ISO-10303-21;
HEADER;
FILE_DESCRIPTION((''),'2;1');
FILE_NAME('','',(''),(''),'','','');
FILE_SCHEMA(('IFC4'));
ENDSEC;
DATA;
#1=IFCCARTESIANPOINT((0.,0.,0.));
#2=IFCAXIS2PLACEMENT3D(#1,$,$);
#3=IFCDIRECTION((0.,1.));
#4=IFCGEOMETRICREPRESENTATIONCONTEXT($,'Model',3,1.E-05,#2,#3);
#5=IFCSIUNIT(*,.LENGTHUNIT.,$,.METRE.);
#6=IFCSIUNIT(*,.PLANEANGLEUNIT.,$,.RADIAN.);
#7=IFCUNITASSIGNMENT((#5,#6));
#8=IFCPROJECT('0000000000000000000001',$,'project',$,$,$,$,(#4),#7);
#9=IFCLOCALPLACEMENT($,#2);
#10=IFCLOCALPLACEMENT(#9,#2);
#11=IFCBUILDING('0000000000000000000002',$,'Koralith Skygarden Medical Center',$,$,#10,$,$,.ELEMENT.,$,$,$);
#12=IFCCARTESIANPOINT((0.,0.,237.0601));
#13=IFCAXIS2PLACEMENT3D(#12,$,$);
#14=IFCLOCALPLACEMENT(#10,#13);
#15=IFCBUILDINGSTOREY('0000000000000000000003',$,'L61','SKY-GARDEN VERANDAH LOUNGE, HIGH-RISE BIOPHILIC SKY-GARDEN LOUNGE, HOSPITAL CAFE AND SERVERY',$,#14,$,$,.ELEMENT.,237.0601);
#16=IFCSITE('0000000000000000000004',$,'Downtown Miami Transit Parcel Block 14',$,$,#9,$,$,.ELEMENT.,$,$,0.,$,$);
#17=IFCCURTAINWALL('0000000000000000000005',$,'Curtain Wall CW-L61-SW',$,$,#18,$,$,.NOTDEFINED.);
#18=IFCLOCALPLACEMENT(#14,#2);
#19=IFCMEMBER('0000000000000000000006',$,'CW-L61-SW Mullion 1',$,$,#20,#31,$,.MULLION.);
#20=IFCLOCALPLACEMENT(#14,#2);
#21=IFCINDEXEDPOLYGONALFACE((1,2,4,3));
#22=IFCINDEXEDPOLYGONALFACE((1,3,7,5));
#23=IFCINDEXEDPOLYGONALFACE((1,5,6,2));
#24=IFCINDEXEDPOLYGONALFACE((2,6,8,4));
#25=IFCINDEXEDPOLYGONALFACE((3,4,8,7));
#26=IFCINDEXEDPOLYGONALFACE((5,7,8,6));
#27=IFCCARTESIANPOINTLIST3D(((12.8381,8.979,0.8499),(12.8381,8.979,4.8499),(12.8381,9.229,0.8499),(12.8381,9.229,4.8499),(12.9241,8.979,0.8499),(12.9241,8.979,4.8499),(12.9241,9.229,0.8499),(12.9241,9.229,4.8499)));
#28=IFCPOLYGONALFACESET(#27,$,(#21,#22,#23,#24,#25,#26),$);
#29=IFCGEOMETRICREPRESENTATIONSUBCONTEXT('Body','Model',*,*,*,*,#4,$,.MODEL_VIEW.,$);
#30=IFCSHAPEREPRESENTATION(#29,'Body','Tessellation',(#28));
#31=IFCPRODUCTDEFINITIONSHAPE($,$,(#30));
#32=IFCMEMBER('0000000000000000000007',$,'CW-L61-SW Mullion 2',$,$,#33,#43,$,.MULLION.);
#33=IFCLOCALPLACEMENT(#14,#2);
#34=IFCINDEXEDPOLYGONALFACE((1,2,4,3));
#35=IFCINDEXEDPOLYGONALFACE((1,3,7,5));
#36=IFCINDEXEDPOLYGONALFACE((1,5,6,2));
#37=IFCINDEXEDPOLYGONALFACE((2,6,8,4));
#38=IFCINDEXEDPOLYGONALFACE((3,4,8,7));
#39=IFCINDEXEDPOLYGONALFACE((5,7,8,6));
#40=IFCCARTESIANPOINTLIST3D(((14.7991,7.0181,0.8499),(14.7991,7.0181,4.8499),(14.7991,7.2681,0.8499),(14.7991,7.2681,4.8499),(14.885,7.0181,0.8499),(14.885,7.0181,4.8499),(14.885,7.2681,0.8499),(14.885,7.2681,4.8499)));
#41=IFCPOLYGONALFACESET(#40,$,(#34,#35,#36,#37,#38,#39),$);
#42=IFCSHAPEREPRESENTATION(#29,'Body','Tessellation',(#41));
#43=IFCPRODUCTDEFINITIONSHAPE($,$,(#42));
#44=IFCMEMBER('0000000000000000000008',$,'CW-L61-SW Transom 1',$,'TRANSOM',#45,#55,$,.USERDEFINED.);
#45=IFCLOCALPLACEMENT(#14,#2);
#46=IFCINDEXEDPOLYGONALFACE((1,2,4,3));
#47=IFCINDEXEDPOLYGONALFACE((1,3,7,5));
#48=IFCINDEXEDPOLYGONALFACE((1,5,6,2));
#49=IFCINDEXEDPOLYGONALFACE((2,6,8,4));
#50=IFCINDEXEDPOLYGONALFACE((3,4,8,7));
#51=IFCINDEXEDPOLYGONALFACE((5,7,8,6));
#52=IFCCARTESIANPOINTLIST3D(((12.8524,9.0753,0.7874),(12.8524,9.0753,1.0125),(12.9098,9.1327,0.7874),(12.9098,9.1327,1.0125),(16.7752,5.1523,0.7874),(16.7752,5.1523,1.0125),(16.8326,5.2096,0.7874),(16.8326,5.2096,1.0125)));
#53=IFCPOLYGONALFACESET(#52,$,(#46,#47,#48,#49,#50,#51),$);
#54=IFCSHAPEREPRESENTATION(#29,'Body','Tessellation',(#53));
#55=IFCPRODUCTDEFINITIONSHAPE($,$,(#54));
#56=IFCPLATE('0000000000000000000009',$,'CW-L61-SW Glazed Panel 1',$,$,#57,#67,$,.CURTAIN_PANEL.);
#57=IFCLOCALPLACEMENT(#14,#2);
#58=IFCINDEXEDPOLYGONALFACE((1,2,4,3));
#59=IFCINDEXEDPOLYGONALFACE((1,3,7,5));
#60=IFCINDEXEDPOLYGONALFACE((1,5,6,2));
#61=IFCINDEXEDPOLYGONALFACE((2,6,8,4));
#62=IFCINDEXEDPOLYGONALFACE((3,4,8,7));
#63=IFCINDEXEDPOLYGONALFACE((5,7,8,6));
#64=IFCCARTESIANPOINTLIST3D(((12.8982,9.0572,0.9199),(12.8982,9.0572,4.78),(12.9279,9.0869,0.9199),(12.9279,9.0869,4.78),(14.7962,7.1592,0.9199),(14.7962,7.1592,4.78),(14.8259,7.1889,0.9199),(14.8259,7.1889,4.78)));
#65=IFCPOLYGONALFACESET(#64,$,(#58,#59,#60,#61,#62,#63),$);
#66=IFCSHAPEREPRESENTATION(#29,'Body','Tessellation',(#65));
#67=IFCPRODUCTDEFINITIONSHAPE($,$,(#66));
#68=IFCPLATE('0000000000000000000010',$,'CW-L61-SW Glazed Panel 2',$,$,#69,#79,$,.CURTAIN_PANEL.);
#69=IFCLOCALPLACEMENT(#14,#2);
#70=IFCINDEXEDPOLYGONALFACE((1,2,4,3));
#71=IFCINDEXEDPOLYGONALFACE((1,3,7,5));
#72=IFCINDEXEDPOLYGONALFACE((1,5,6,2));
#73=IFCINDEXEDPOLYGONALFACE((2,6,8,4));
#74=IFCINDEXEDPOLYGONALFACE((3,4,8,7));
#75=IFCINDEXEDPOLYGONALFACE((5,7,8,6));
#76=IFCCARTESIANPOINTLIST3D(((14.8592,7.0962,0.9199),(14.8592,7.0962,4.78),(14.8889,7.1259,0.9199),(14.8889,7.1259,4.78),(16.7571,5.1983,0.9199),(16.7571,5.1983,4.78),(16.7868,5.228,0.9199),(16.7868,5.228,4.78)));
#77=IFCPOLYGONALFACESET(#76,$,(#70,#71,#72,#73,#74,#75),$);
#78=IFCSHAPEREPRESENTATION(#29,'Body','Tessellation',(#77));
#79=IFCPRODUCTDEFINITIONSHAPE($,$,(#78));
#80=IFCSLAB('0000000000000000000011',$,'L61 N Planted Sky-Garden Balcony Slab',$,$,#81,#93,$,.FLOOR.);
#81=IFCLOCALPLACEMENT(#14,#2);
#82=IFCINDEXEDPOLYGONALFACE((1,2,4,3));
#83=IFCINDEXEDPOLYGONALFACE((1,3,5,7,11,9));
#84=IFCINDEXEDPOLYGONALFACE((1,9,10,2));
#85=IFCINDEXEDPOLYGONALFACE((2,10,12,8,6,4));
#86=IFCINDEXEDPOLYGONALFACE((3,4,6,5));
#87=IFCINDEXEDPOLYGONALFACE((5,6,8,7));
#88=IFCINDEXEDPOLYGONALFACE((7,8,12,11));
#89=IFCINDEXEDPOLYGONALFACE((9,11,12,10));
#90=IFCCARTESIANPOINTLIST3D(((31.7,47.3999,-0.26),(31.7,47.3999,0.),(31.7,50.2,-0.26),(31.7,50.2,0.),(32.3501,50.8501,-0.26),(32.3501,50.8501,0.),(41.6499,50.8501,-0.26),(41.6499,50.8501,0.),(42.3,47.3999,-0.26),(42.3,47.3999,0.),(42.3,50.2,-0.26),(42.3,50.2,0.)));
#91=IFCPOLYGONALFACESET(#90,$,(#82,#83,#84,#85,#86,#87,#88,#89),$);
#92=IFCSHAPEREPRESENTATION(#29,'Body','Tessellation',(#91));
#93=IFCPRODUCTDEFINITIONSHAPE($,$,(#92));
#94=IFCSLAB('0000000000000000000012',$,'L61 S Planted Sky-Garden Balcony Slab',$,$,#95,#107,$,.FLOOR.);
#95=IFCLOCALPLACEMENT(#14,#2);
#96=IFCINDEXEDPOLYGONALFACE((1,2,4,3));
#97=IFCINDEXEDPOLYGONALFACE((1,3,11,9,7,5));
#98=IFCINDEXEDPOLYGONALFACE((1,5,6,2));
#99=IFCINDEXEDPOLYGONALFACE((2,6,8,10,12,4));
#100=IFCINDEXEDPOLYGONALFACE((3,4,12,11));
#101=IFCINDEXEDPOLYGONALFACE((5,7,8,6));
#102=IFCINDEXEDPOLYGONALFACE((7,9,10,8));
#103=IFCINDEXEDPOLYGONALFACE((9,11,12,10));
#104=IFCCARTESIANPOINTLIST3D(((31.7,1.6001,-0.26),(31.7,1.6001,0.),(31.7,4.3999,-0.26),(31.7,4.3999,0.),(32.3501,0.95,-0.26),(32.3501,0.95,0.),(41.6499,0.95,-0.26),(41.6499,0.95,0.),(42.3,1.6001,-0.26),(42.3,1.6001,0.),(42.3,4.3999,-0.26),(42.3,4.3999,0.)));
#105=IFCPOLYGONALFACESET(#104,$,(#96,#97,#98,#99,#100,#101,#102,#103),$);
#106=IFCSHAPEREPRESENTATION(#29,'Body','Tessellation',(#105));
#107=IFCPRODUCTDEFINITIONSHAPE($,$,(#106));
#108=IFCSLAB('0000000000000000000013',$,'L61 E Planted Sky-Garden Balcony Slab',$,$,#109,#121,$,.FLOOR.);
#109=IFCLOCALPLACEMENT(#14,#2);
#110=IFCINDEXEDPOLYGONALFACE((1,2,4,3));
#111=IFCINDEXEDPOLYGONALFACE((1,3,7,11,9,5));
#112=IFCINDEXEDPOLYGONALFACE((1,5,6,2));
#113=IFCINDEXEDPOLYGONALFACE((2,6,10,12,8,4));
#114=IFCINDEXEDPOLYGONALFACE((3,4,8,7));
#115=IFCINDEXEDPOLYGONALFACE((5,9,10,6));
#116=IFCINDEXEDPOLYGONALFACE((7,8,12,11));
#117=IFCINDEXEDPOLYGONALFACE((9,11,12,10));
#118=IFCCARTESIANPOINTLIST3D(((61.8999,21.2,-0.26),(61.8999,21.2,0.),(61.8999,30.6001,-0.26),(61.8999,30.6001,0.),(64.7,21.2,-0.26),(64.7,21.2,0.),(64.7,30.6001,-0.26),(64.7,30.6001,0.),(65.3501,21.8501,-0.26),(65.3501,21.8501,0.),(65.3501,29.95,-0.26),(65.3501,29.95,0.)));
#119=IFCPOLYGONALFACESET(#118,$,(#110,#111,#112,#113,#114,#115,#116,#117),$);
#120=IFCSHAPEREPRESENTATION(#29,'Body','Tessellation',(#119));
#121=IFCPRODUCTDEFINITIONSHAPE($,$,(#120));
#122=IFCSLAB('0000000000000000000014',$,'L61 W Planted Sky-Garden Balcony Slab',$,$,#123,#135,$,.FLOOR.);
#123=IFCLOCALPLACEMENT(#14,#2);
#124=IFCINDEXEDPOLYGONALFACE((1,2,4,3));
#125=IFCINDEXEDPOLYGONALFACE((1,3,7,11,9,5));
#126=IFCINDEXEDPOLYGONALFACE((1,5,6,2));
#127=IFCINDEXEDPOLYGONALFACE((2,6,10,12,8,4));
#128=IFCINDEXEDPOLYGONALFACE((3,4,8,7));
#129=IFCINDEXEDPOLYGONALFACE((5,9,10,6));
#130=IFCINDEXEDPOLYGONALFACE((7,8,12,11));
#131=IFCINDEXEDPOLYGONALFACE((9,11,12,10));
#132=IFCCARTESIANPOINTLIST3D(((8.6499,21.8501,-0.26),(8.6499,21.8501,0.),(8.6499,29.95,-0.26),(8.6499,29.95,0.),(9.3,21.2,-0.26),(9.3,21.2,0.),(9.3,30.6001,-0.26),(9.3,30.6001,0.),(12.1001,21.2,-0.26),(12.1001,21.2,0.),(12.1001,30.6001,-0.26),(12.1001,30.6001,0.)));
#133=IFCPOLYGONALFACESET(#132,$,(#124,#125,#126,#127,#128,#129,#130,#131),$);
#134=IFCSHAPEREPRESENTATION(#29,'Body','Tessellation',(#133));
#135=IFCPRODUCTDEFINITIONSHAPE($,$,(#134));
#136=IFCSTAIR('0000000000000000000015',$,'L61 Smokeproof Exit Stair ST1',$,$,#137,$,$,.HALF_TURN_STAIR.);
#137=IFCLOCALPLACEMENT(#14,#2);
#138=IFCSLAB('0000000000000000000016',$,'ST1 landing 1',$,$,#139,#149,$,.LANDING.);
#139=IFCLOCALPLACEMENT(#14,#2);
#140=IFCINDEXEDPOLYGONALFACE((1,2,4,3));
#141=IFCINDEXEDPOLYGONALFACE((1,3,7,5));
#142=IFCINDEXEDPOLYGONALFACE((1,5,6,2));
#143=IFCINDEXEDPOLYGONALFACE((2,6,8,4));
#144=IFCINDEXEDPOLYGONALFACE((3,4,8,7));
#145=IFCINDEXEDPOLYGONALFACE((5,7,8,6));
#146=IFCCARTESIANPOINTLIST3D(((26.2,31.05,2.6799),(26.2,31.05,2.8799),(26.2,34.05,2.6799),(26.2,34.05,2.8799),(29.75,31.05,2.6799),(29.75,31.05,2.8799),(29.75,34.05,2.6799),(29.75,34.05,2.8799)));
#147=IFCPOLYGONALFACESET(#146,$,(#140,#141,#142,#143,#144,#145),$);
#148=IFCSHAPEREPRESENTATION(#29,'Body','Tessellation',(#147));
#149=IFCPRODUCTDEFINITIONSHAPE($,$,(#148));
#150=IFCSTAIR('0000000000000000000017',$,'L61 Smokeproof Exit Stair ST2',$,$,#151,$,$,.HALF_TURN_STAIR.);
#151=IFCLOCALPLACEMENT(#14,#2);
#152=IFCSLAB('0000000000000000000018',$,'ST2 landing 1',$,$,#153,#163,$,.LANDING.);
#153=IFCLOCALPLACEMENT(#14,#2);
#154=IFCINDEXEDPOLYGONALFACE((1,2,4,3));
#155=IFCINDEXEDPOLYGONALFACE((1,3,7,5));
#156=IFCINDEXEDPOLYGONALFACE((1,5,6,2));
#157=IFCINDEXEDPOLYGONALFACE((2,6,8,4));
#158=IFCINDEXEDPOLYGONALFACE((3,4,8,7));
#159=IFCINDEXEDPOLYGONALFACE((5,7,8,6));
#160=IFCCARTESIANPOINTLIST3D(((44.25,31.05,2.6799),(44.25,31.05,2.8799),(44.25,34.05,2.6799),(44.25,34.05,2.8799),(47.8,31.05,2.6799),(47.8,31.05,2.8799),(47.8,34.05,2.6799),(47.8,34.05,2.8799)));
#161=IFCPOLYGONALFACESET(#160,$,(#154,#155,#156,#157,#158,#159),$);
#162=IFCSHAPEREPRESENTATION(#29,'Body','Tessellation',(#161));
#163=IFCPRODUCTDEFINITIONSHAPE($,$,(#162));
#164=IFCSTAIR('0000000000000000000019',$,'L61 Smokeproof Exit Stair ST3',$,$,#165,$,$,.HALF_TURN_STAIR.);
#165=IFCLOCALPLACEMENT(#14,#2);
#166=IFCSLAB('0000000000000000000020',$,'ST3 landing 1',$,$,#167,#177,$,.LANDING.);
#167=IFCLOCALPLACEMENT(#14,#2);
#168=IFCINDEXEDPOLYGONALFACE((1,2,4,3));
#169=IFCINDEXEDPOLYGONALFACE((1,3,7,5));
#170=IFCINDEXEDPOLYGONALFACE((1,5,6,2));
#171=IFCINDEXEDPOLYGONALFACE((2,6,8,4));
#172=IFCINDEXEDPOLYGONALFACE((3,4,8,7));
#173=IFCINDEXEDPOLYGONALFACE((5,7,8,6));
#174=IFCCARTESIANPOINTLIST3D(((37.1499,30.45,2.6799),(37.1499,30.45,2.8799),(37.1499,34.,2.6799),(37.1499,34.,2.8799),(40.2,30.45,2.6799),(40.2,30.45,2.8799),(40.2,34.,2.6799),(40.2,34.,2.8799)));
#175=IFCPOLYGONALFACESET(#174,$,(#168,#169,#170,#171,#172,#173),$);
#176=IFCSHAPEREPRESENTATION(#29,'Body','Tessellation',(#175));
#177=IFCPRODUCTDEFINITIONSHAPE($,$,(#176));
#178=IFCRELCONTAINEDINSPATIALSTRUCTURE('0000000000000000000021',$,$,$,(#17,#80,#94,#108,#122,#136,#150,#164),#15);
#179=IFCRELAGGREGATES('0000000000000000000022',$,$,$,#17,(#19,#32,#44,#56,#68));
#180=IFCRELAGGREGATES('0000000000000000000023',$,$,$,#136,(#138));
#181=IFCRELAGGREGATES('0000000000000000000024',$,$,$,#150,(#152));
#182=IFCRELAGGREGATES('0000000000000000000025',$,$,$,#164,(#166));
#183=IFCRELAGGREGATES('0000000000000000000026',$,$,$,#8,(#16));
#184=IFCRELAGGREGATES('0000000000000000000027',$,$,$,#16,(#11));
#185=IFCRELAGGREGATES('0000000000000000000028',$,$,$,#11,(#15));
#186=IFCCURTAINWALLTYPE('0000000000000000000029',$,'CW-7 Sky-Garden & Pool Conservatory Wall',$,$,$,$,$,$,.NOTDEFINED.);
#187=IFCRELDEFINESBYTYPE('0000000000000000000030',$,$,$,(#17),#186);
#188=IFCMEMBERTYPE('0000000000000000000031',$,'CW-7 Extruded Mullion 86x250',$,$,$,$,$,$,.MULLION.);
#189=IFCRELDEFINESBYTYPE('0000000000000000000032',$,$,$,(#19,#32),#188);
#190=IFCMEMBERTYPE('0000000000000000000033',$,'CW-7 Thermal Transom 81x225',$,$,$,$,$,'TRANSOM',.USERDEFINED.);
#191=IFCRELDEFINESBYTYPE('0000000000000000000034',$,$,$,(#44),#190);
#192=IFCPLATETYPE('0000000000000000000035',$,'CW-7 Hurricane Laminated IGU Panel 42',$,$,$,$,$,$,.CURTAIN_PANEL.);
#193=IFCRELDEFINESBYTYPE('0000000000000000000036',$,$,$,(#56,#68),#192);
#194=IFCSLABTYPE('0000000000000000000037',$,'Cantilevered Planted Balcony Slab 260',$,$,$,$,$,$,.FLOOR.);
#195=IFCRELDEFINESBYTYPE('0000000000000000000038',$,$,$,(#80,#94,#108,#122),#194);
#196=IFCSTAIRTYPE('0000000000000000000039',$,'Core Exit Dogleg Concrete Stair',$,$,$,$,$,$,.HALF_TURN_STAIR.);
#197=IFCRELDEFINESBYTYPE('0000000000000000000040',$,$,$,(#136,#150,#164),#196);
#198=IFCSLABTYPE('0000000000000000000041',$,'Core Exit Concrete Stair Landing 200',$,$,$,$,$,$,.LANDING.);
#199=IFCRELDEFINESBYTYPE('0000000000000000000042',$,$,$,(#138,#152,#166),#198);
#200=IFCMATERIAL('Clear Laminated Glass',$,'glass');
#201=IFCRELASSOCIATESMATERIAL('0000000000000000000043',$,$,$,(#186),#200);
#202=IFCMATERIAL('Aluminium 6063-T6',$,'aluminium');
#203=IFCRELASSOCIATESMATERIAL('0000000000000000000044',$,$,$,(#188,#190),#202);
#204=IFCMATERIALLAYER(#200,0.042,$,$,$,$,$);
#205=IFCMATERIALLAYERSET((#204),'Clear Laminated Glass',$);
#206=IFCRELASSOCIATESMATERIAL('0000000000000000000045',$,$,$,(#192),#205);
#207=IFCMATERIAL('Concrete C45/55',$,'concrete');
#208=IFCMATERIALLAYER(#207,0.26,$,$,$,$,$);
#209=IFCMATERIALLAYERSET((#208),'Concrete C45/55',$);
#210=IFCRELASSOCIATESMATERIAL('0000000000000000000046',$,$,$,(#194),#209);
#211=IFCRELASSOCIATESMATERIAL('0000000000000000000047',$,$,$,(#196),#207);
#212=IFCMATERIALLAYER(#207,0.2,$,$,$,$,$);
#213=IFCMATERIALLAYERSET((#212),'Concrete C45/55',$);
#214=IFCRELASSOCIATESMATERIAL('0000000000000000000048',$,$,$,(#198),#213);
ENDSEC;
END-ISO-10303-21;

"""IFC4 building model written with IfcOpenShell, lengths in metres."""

from ifc_helpers import new_model, si_unit, direction, frame, origin, origin_2d, place, context, subcontext, project, spatial, polyline, rectangle, outline, extrude, material, layer, layer_set, material_profile, profile_set, type_object, element, aggregate, save


model = new_model("IFC4")

# Units and contexts
model_context = context("Model", 3, precision=1e-05, world=origin(), true_north=direction((0.0, 1.0)))
body_context = subcontext(model_context, "Body", "Model", "MODEL_VIEW")
ifc_project = project(units=[si_unit("LENGTHUNIT", "METRE"), si_unit("PLANEANGLEUNIT", "RADIAN")], contexts=[model_context])

# Site, building, storey
site_placement = place(None, origin())
site = spatial("IfcSite", under=ifc_project, at=site_placement, Name="Downtown Miami Transit Parcel Block 14", CompositionType="ELEMENT", RefElevation=0.0)
building_placement = place(site_placement, origin())
building = spatial("IfcBuilding", under=site, at=building_placement, Name="Koralith Skygarden Medical Center", CompositionType="ELEMENT")
storey_placement = place(building_placement, frame((0.0, 0.0, 237.0601)))
storey = spatial("IfcBuildingStorey", under=building, at=storey_placement, Name="L61", Description="SKY-GARDEN VERANDAH LOUNGE, HIGH-RISE BIOPHILIC SKY-GARDEN LOUNGE, HOSPITAL CAFE AND SERVERY", CompositionType="ELEMENT", Elevation=237.0601)

# Curtain wall, members, plates
ifc_material_1 = material(Name="Clear Laminated Glass", Category="glass")
curtain_wall_type = type_object("IfcCurtainWallType", Name="CW-7 Sky-Garden & Pool Conservatory Wall", PredefinedType="NOTDEFINED", material=ifc_material_1)
curtain_wall_placement = place(storey_placement, origin())
curtain_wall = element("IfcCurtainWall", 1, at=curtain_wall_placement, inside=storey, type_object=curtain_wall_type, Name="Curtain Wall CW-L61-SW", PredefinedType="NOTDEFINED")
ifc_material_2 = material(Name="Aluminium 6063-T6", Category="aluminium")
ifc_material_profile_1 = material_profile(ifc_material_2, rectangle(XDim=0.0859, YDim=0.25, at=origin_2d()), Name="MUL86X250")
ifc_profile_set_1 = profile_set([ifc_material_profile_1], Name="Aluminium 6063-T6")
member_type_1 = type_object("IfcMemberType", Name="CW-7 Extruded Mullion 86x250", PredefinedType="MULLION", material=ifc_profile_set_1)
member_1_placement = place(storey_placement, frame((12.8811, 9.104, 0.8499), z_axis=(0.0, 0.0, 1.0), x_axis=(1.0, 0.0, 0.0)))
member_1 = element("IfcMember", 2, at=member_1_placement, type_object=member_type_1, Name="CW-L61-SW Mullion 1", PredefinedType="MULLION", context=body_context, shape_type="SweptSolid", body=[
    extrude(rectangle(XDim=0.0859, YDim=0.25, at=origin_2d()), origin(), (0.0, 0.0, 1.0), 4.0),
])
member_2_placement = place(storey_placement, frame((14.842, 7.1431, 0.8499), z_axis=(0.0, 0.0, 1.0), x_axis=(1.0, 0.0, 0.0)))
member_2 = element("IfcMember", 3, at=member_2_placement, type_object=member_type_1, Name="CW-L61-SW Mullion 2", PredefinedType="MULLION", context=body_context, shape_type="SweptSolid", body=[
    extrude(rectangle(XDim=0.0859, YDim=0.25, at=origin_2d()), origin(), (0.0, 0.0, 1.0), 4.0),
])
ifc_material_profile_2 = material_profile(ifc_material_2, rectangle(XDim=0.0811, YDim=0.2251, at=origin_2d()), Name="TRN81X225")
ifc_profile_set_2 = profile_set([ifc_material_profile_2], Name="Aluminium 6063-T6")
member_type_2 = type_object("IfcMemberType", Name="CW-7 Thermal Transom 81x225", ElementType="TRANSOM", PredefinedType="USERDEFINED", material=ifc_profile_set_2)
member_3_placement = place(storey_placement, frame((12.8811, 9.104, 0.8999), z_axis=(0.707085, -0.707129, 0.0), x_axis=(0.707129, 0.707085, 0.0)))
member_3 = element("IfcMember", 4, at=member_3_placement, type_object=member_type_2, Name="CW-L61-SW Transom 1", ObjectType="TRANSOM", PredefinedType="USERDEFINED", context=body_context, shape_type="SweptSolid", body=[
    extrude(rectangle(XDim=0.0811, YDim=0.2251, at=origin_2d()), origin(), (0.0, 0.0, 1.0), 5.5479),
])
ifc_layer_1 = layer(ifc_material_1, 0.042)
ifc_layer_set_1 = layer_set([ifc_layer_1], Name="Clear Laminated Glass")
plate_type = type_object("IfcPlateType", Name="CW-7 Hurricane Laminated IGU Panel 42", PredefinedType="CURTAIN_PANEL", material=ifc_layer_set_1)
plate_1_placement = place(storey_placement, frame((13.8621, 8.123, 0.9199), z_axis=(0.0, 0.0, 1.0), x_axis=(0.707107, -0.707107, 0.0)))
plate_1 = element("IfcPlate", 5, at=plate_1_placement, type_object=plate_type, Name="CW-L61-SW Glazed Panel 1", PredefinedType="CURTAIN_PANEL", context=body_context, shape_type="SweptSolid", body=[
    extrude(rectangle(XDim=2.6841, YDim=0.042, at=origin_2d()), origin(), (0.0, 0.0, 1.0), 3.8601),
])
plate_2_placement = place(storey_placement, frame((15.823, 6.1621, 0.9199), z_axis=(0.0, 0.0, 1.0), x_axis=(0.707107, -0.707107, 0.0)))
plate_2 = element("IfcPlate", 6, at=plate_2_placement, type_object=plate_type, Name="CW-L61-SW Glazed Panel 2", PredefinedType="CURTAIN_PANEL", context=body_context, shape_type="SweptSolid", body=[
    extrude(rectangle(XDim=2.6841, YDim=0.042, at=origin_2d()), origin(), (0.0, 0.0, 1.0), 3.8601),
])
aggregate(curtain_wall, [member_1, member_2, member_3, plate_1, plate_2])

# Slabs
ifc_material_3 = material(Name="Concrete C45/55", Category="concrete")
ifc_layer_2 = layer(ifc_material_3, 0.26)
ifc_layer_set_2 = layer_set([ifc_layer_2], Name="Concrete C45/55")
slab_type_1 = type_object("IfcSlabType", Name="Cantilevered Planted Balcony Slab 260", PredefinedType="FLOOR", material=ifc_layer_set_2)
slab_1_placement = place(storey_placement, frame((0.0, 0.0, -0.26)))
element("IfcSlab", 7, at=slab_1_placement, inside=storey, type_object=slab_type_1, Name="L61 N Planted Sky-Garden Balcony Slab", PredefinedType="FLOOR", context=body_context, shape_type="SweptSolid", body=[
    extrude(outline(polyline([(31.7, 47.3999), (42.3, 47.3999), (42.3, 50.2), (41.6499, 50.8501), (32.3501, 50.8501), (31.7, 50.2), (31.7, 47.3999)])), origin(), (0.0, 0.0, 1.0), 0.26),
])
slab_2_placement = place(storey_placement, frame((0.0, 0.0, -0.26)))
element("IfcSlab", 8, at=slab_2_placement, inside=storey, type_object=slab_type_1, Name="L61 S Planted Sky-Garden Balcony Slab", PredefinedType="FLOOR", context=body_context, shape_type="SweptSolid", body=[
    extrude(outline(polyline([(32.3501, 0.95), (41.6499, 0.95), (42.3, 1.6001), (42.3, 4.3999), (31.7, 4.3999), (31.7, 1.6001), (32.3501, 0.95)])), origin(), (0.0, 0.0, 1.0), 0.26),
])
slab_3_placement = place(storey_placement, frame((0.0, 0.0, -0.26)))
element("IfcSlab", 9, at=slab_3_placement, inside=storey, type_object=slab_type_1, Name="L61 E Planted Sky-Garden Balcony Slab", PredefinedType="FLOOR", context=body_context, shape_type="SweptSolid", body=[
    extrude(outline(polyline([(61.8999, 21.2), (64.7, 21.2), (65.3501, 21.8501), (65.3501, 29.95), (64.7, 30.6001), (61.8999, 30.6001), (61.8999, 21.2)])), origin(), (0.0, 0.0, 1.0), 0.26),
])
slab_4_placement = place(storey_placement, frame((0.0, 0.0, -0.26)))
element("IfcSlab", 10, at=slab_4_placement, inside=storey, type_object=slab_type_1, Name="L61 W Planted Sky-Garden Balcony Slab", PredefinedType="FLOOR", context=body_context, shape_type="SweptSolid", body=[
    extrude(outline(polyline([(9.3, 21.2), (12.1001, 21.2), (12.1001, 30.6001), (9.3, 30.6001), (8.6499, 29.95), (8.6499, 21.8501), (9.3, 21.2)])), origin(), (0.0, 0.0, 1.0), 0.26),
])

# Stairs, slabs
stair_type = type_object("IfcStairType", Name="Core Exit Dogleg Concrete Stair", PredefinedType="HALF_TURN_STAIR", material=ifc_material_3)
stair_1_placement = place(storey_placement, origin())
stair_1 = element("IfcStair", 11, at=stair_1_placement, inside=storey, type_object=stair_type, Name="L61 Smokeproof Exit Stair ST1", PredefinedType="HALF_TURN_STAIR")
ifc_layer_3 = layer(ifc_material_3, 0.2)
ifc_layer_set_3 = layer_set([ifc_layer_3], Name="Concrete C45/55")
slab_type_2 = type_object("IfcSlabType", Name="Core Exit Concrete Stair Landing 200", PredefinedType="LANDING", material=ifc_layer_set_3)
slab_5_placement = place(storey_placement, frame((0.0, 0.0, 2.6799)))
slab_5 = element("IfcSlab", 12, at=slab_5_placement, type_object=slab_type_2, Name="ST1 landing 1", PredefinedType="LANDING", context=body_context, shape_type="SweptSolid", body=[
    extrude(outline(polyline([(29.75, 31.05), (29.75, 34.05), (26.2, 34.05), (26.2, 31.05), (29.75, 31.05)])), origin(), (0.0, 0.0, 1.0), 0.2),
])
aggregate(stair_1, [slab_5])
stair_2_placement = place(storey_placement, origin())
stair_2 = element("IfcStair", 13, at=stair_2_placement, inside=storey, type_object=stair_type, Name="L61 Smokeproof Exit Stair ST2", PredefinedType="HALF_TURN_STAIR")
slab_6_placement = place(storey_placement, frame((0.0, 0.0, 2.6799)))
slab_6 = element("IfcSlab", 14, at=slab_6_placement, type_object=slab_type_2, Name="ST2 landing 1", PredefinedType="LANDING", context=body_context, shape_type="SweptSolid", body=[
    extrude(outline(polyline([(47.8, 31.05), (47.8, 34.05), (44.25, 34.05), (44.25, 31.05), (47.8, 31.05)])), origin(), (0.0, 0.0, 1.0), 0.2),
])
aggregate(stair_2, [slab_6])
stair_3_placement = place(storey_placement, origin())
stair_3 = element("IfcStair", 15, at=stair_3_placement, inside=storey, type_object=stair_type, Name="L61 Smokeproof Exit Stair ST3", PredefinedType="HALF_TURN_STAIR")
slab_7_placement = place(storey_placement, frame((0.0, 0.0, 2.6799)))
slab_7 = element("IfcSlab", 16, at=slab_7_placement, type_object=slab_type_2, Name="ST3 landing 1", PredefinedType="LANDING", context=body_context, shape_type="SweptSolid", body=[
    extrude(outline(polyline([(37.1499, 30.45), (40.2, 30.45), (40.2, 34.0), (37.1499, 34.0), (37.1499, 30.45)])), origin(), (0.0, 0.0, 1.0), 0.2),
])
aggregate(stair_3, [slab_7])

save(model, "model.ifc")
